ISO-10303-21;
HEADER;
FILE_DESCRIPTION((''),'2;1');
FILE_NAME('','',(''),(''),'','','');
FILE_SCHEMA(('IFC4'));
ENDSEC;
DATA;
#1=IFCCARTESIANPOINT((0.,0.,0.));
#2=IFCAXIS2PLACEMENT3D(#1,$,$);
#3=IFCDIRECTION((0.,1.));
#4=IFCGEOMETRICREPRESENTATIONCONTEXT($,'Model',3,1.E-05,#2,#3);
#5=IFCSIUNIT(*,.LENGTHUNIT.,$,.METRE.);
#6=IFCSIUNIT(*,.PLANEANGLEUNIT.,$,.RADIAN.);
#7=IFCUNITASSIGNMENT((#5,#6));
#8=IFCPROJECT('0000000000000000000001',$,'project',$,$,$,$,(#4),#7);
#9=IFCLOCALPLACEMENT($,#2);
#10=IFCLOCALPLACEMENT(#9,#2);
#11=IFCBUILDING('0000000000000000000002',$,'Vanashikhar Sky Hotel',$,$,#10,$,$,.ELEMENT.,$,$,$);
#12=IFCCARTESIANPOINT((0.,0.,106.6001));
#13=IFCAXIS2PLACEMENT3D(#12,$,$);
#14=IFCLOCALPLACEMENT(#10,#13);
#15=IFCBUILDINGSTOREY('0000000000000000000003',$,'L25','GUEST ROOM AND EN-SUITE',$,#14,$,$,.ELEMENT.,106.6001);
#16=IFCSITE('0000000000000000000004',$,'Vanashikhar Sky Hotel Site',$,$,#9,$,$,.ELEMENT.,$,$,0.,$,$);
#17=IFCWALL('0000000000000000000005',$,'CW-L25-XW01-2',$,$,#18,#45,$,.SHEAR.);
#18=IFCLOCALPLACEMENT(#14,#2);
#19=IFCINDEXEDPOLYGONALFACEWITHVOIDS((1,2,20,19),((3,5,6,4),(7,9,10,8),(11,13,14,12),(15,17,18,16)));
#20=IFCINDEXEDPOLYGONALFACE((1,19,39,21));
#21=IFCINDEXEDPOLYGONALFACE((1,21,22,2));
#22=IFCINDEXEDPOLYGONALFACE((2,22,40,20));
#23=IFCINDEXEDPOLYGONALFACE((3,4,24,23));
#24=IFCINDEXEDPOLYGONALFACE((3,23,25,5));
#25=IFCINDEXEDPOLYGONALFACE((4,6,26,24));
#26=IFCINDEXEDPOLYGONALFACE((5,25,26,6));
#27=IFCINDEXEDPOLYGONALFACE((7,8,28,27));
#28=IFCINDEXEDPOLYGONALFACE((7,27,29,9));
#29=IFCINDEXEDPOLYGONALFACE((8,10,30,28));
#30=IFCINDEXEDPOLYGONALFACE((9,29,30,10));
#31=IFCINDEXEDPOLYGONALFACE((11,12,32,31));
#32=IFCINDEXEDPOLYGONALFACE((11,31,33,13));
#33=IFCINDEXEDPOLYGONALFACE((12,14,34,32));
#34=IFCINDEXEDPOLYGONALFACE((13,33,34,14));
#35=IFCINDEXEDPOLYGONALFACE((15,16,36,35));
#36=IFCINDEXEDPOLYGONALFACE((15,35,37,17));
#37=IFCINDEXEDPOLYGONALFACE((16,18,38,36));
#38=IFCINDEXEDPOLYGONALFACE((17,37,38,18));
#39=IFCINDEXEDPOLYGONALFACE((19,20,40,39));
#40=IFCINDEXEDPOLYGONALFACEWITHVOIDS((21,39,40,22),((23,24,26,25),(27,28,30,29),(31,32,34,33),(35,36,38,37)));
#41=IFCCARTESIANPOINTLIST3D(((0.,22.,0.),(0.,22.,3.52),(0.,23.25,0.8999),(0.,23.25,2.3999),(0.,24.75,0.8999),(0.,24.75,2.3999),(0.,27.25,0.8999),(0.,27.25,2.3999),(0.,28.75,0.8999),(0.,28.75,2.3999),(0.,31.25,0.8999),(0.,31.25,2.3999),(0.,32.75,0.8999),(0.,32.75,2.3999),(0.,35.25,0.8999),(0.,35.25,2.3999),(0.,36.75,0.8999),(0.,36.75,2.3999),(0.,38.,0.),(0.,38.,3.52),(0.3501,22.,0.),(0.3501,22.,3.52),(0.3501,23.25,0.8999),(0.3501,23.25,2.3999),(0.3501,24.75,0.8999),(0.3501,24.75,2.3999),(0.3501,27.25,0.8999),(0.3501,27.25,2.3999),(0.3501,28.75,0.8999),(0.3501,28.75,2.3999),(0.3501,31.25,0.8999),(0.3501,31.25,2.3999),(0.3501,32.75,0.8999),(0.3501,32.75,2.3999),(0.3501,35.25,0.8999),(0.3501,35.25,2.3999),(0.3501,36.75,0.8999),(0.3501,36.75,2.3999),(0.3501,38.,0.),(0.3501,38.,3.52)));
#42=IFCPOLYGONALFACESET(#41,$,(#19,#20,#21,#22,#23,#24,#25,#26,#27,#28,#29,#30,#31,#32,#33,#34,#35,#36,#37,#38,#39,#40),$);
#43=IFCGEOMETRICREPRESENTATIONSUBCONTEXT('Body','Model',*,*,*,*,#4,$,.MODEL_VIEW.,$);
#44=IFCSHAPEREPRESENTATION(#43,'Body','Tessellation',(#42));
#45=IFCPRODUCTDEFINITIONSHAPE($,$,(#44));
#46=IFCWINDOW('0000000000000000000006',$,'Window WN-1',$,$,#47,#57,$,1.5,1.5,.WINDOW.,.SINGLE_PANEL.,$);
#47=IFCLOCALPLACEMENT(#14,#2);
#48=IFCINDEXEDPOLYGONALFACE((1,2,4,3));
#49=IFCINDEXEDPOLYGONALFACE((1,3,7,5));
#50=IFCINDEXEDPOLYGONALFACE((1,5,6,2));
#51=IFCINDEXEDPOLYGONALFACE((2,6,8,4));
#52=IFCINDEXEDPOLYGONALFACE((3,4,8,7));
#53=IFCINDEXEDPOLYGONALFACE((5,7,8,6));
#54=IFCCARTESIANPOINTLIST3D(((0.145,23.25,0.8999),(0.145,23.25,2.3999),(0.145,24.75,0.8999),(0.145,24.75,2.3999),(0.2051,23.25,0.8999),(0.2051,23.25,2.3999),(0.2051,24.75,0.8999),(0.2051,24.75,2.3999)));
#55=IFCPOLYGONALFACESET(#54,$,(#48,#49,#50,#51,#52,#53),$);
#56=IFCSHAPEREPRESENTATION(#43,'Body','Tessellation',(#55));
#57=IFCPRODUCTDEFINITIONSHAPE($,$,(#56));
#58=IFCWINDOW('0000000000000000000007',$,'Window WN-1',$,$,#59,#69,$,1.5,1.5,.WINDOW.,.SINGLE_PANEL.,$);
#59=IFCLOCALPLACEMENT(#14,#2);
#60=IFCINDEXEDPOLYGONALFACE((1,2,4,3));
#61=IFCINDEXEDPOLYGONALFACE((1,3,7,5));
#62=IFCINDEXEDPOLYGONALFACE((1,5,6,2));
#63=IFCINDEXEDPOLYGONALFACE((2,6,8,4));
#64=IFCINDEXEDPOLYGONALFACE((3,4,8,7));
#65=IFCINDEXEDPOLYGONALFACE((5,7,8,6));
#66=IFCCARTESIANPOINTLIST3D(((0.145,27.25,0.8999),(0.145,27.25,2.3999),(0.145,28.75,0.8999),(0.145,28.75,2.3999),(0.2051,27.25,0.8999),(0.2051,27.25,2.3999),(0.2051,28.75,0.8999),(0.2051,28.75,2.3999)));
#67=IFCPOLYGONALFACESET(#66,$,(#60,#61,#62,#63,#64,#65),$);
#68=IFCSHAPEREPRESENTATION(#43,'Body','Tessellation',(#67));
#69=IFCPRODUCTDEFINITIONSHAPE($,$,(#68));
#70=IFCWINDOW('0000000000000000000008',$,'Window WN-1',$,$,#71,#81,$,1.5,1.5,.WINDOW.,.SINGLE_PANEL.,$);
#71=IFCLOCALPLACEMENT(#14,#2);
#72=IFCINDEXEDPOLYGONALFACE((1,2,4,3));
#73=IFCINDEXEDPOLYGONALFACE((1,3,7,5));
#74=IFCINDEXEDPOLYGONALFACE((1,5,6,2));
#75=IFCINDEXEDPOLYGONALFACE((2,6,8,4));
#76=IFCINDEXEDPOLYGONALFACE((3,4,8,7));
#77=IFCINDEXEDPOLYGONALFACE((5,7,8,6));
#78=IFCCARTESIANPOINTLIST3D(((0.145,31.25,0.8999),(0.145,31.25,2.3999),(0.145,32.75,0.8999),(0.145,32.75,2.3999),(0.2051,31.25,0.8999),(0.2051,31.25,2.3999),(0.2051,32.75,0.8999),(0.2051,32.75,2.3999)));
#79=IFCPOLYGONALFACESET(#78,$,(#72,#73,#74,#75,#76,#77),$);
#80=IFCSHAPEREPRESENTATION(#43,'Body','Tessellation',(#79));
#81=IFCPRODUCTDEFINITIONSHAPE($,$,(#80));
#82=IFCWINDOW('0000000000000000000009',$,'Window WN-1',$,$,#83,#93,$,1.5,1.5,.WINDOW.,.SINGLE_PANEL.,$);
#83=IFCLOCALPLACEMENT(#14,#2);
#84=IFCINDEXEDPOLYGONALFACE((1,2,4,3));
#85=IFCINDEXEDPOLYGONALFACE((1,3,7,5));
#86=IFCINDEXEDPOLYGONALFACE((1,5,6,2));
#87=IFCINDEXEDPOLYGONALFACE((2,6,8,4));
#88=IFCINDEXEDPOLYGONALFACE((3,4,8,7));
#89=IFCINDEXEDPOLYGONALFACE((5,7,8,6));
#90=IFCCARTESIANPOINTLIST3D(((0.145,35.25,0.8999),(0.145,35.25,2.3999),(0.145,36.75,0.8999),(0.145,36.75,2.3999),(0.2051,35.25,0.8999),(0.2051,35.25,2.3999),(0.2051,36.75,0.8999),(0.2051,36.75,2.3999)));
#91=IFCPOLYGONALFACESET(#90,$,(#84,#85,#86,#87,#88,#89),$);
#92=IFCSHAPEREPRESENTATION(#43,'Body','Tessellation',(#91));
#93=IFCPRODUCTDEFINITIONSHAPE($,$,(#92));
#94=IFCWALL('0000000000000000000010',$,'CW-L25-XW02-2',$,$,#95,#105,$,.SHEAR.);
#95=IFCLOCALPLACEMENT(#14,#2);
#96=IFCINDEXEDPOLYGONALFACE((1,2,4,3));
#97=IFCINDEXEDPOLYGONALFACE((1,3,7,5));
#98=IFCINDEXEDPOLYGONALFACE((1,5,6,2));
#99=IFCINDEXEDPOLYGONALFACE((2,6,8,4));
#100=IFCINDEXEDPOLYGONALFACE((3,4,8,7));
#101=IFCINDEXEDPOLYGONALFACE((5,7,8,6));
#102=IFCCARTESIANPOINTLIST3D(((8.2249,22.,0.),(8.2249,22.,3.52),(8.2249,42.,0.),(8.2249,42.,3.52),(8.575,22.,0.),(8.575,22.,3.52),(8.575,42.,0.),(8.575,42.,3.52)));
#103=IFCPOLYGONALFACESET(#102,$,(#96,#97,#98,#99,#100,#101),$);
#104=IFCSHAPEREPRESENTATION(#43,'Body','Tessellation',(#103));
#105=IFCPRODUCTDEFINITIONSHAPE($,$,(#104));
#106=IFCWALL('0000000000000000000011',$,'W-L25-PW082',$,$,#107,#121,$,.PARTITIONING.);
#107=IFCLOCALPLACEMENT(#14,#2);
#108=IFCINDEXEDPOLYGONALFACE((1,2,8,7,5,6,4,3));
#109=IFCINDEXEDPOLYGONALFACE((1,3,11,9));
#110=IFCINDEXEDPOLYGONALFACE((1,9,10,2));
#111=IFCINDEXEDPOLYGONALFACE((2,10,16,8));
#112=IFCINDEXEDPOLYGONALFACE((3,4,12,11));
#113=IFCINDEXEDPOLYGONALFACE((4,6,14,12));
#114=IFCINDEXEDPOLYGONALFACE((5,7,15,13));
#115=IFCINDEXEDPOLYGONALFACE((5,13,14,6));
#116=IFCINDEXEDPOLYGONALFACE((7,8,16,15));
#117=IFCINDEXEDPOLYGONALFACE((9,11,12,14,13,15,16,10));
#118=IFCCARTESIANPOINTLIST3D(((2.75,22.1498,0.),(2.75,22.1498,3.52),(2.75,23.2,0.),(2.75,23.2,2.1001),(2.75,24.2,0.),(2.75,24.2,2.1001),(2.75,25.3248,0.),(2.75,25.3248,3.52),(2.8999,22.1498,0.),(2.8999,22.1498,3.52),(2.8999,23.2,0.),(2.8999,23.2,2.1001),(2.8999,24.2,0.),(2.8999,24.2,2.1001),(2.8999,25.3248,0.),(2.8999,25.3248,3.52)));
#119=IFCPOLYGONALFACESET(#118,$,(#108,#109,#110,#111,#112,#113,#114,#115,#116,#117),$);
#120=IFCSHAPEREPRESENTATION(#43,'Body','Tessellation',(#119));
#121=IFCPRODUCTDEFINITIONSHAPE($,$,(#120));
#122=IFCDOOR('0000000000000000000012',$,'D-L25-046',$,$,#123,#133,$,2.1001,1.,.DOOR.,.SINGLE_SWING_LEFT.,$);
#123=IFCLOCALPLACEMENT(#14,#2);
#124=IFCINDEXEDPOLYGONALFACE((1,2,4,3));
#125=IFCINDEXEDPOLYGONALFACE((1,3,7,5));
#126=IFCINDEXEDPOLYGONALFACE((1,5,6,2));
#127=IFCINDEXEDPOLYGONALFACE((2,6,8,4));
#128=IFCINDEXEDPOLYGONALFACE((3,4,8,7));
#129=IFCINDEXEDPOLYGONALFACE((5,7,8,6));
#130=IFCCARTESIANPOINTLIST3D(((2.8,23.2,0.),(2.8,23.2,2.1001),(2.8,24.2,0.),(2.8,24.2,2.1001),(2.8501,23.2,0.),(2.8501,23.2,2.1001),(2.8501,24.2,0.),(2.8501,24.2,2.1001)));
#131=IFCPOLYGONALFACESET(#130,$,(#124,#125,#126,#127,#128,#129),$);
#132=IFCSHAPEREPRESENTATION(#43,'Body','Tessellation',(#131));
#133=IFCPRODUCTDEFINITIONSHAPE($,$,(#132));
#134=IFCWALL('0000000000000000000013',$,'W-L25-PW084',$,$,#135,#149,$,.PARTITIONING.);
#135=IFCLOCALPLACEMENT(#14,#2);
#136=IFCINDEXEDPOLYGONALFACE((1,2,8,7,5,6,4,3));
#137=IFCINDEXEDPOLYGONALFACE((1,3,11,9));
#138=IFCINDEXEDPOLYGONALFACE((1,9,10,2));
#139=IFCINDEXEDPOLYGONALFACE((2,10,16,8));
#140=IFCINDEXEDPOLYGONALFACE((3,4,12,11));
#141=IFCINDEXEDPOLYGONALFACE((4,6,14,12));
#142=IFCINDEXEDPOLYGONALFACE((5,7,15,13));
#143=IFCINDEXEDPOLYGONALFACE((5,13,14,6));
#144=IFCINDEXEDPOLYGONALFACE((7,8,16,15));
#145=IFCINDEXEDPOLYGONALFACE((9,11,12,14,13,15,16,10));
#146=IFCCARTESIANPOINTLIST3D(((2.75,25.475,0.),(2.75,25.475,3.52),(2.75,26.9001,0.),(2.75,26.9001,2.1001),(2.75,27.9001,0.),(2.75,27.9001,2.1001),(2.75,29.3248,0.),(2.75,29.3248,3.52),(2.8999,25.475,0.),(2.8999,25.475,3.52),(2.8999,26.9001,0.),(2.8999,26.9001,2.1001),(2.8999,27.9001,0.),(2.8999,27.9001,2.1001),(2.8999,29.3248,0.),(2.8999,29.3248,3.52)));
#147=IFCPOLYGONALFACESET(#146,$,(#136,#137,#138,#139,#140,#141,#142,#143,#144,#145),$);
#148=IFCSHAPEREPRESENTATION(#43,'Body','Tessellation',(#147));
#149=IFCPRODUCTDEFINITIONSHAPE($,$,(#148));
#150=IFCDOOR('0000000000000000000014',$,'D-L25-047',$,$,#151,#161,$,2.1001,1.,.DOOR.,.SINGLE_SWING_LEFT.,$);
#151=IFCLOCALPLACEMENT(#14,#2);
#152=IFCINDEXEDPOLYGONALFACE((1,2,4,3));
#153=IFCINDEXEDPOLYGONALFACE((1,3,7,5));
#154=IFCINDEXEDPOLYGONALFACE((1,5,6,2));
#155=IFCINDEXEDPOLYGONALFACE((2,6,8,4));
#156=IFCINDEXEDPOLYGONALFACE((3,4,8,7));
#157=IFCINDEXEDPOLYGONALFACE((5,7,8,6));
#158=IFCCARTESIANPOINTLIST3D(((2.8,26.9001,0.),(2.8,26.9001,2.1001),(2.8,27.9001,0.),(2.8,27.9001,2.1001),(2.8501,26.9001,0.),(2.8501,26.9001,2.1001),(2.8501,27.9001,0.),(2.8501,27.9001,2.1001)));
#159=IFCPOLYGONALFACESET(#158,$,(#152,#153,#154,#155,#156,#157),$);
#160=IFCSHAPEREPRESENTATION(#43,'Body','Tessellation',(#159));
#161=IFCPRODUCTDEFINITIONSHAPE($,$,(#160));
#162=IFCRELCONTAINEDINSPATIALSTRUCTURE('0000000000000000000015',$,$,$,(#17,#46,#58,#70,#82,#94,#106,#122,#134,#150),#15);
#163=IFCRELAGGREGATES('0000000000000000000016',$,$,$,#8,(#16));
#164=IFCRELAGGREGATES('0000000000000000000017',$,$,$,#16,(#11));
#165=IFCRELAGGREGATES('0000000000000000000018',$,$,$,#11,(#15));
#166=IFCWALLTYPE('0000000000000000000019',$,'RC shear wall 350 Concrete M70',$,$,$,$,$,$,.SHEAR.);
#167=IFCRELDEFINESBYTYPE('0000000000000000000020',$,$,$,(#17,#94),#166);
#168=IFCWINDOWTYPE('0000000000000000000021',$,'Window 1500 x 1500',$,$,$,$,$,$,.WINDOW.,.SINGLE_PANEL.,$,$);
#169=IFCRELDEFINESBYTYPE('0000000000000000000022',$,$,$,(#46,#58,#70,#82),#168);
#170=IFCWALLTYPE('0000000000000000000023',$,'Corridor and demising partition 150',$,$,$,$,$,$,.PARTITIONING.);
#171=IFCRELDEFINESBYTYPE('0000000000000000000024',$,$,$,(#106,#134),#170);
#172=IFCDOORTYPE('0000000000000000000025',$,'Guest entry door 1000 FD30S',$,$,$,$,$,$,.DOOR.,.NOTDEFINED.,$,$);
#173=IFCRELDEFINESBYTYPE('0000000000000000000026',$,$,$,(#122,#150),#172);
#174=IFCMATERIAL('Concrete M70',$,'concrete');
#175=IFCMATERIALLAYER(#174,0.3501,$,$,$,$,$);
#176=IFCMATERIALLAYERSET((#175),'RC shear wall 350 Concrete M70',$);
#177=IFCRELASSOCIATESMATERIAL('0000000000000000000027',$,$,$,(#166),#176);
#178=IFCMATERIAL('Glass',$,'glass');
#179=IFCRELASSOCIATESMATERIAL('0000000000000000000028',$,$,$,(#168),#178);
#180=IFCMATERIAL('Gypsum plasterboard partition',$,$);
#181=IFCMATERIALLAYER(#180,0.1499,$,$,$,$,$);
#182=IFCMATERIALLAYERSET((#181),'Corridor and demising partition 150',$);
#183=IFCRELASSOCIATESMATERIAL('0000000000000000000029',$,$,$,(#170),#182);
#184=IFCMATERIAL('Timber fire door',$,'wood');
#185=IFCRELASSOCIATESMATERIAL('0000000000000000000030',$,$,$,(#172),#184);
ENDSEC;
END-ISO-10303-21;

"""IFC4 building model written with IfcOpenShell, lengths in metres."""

from ifc_helpers import new_model, si_unit, direction, frame, frame_2d, origin, place, context, subcontext, project, spatial, rectangle, extrude, source, transform, mapped, material, layer, layer_set, type_object, element, fill, save


model = new_model("IFC4")

# Units and contexts
model_context = context("Model", 3, precision=1e-05, world=origin(), true_north=direction((0.0, 1.0)))
body_context = subcontext(model_context, "Body", "Model", "MODEL_VIEW")
ifc_project = project(units=[si_unit("LENGTHUNIT", "METRE"), si_unit("PLANEANGLEUNIT", "RADIAN")], contexts=[model_context])

# Site, building, storey
site_placement = place(None, origin())
site = spatial("IfcSite", under=ifc_project, at=site_placement, Name="Vanashikhar Sky Hotel Site", CompositionType="ELEMENT", RefElevation=0.0)
building_placement = place(site_placement, origin())
building = spatial("IfcBuilding", under=site, at=building_placement, Name="Vanashikhar Sky Hotel", CompositionType="ELEMENT")
storey_placement = place(building_placement, frame((0.0, 0.0, 106.6001)))
storey = spatial("IfcBuildingStorey", under=building, at=storey_placement, Name="L25", Description="GUEST ROOM AND EN-SUITE", CompositionType="ELEMENT", Elevation=106.6001)

# Wall, openings, windows
ifc_material_1 = material(Name="Concrete M70", Category="concrete")
ifc_layer_1 = layer(ifc_material_1, 0.3501)
ifc_layer_set_1 = layer_set([ifc_layer_1], Name="RC shear wall 350 Concrete M70")
wall_type_1 = type_object("IfcWallType", Name="RC shear wall 350 Concrete M70", PredefinedType="SHEAR", material=ifc_layer_set_1)
shared_shape_1 = source(origin(), body_context, "Body", "SweptSolid", [
    extrude(rectangle(XDim=16.0, YDim=0.3501, at=frame_2d((8.0, 0.0))), origin(), (0.0, 0.0, 1.0), 3.52),
])
wall_1_placement = place(storey_placement, frame((0.175, 22.0, 0.0), z_axis=(0.0, 0.0, 1.0), x_axis=(0.0, 1.0, 0.0)))
wall_1 = element("IfcWall", 1, at=wall_1_placement, inside=storey, type_object=wall_type_1, Name="CW-L25-XW01-2", PredefinedType="SHEAR", context=body_context, shape_type="MappedRepresentation", body=[
    mapped(shared_shape_1, transform((0.0, 0.0, 0.0), scale=1.0)),
])
shared_shape_2 = source(origin(), body_context, "Body", "SweptSolid", [
    extrude(rectangle(XDim=1.5, YDim=1.5, at=frame_2d((0.75, 0.75))), frame((0.0, 0.1851, 0.0), z_axis=(0.0, -1.0, 0.0), x_axis=(1.0, 0.0, 0.0)), (0.0, 0.0, 1.0), 0.3701),
])
opening_1_placement = place(wall_1_placement, frame((1.25, 0.0, 0.8999)))
opening_1 = element("IfcOpeningElement", 2, at=opening_1_placement, cuts=wall_1, PredefinedType="OPENING", context=body_context, shape_type="MappedRepresentation", body=[
    mapped(shared_shape_2, transform((0.0, 0.0, 0.0), scale=1.0)),
])
opening_2_placement = place(wall_1_placement, frame((5.25, 0.0, 0.8999)))
opening_2 = element("IfcOpeningElement", 3, at=opening_2_placement, cuts=wall_1, PredefinedType="OPENING", context=body_context, shape_type="MappedRepresentation", body=[
    mapped(shared_shape_2, transform((0.0, 0.0, 0.0), scale=1.0)),
])
opening_3_placement = place(wall_1_placement, frame((9.25, 0.0, 0.8999)))
opening_3 = element("IfcOpeningElement", 4, at=opening_3_placement, cuts=wall_1, PredefinedType="OPENING", context=body_context, shape_type="MappedRepresentation", body=[
    mapped(shared_shape_2, transform((0.0, 0.0, 0.0), scale=1.0)),
])
opening_4_placement = place(wall_1_placement, frame((13.25, 0.0, 0.8999)))
opening_4 = element("IfcOpeningElement", 5, at=opening_4_placement, cuts=wall_1, PredefinedType="OPENING", context=body_context, shape_type="MappedRepresentation", body=[
    mapped(shared_shape_2, transform((0.0, 0.0, 0.0), scale=1.0)),
])
ifc_material_2 = material(Name="Glass", Category="glass")
window_type = type_object("IfcWindowType", Name="Window 1500 x 1500", PartitioningType="SINGLE_PANEL", PredefinedType="WINDOW", material=ifc_material_2)
shared_shape_3 = source(origin(), body_context, "Body", "SweptSolid", [
    extrude(rectangle(XDim=1.5, YDim=1.5, at=frame_2d((0.75, 0.75))), frame((0.0, 0.03, 0.0), z_axis=(0.0, -1.0, 0.0), x_axis=(1.0, 0.0, 0.0)), (0.0, 0.0, 1.0), 0.0601),
])
window_1_placement = place(opening_1_placement, origin())
window_1 = element("IfcWindow", 6, at=window_1_placement, inside=storey, type_object=window_type, Name="Window WN-1", OverallHeight=1.5, OverallWidth=1.5, PartitioningType="SINGLE_PANEL", PredefinedType="WINDOW", context=body_context, shape_type="MappedRepresentation", body=[
    mapped(shared_shape_3, transform((0.0, 0.0, 0.0), scale=1.0)),
])
fill(opening_1, window_1)
window_2_placement = place(opening_2_placement, origin())
window_2 = element("IfcWindow", 7, at=window_2_placement, inside=storey, type_object=window_type, Name="Window WN-1", OverallHeight=1.5, OverallWidth=1.5, PartitioningType="SINGLE_PANEL", PredefinedType="WINDOW", context=body_context, shape_type="MappedRepresentation", body=[
    mapped(shared_shape_3, transform((0.0, 0.0, 0.0), scale=1.0)),
])
fill(opening_2, window_2)
window_3_placement = place(opening_3_placement, origin())
window_3 = element("IfcWindow", 8, at=window_3_placement, inside=storey, type_object=window_type, Name="Window WN-1", OverallHeight=1.5, OverallWidth=1.5, PartitioningType="SINGLE_PANEL", PredefinedType="WINDOW", context=body_context, shape_type="MappedRepresentation", body=[
    mapped(shared_shape_3, transform((0.0, 0.0, 0.0), scale=1.0)),
])
fill(opening_3, window_3)
window_4_placement = place(opening_4_placement, origin())
window_4 = element("IfcWindow", 9, at=window_4_placement, inside=storey, type_object=window_type, Name="Window WN-1", OverallHeight=1.5, OverallWidth=1.5, PartitioningType="SINGLE_PANEL", PredefinedType="WINDOW", context=body_context, shape_type="MappedRepresentation", body=[
    mapped(shared_shape_3, transform((0.0, 0.0, 0.0), scale=1.0)),
])
fill(opening_4, window_4)

# Wall
shared_shape_4 = source(origin(), body_context, "Body", "SweptSolid", [
    extrude(rectangle(XDim=20.0, YDim=0.3501, at=frame_2d((10.0, 0.0))), origin(), (0.0, 0.0, 1.0), 3.52),
])
wall_2_placement = place(storey_placement, frame((8.3999, 22.0, 0.0), z_axis=(0.0, 0.0, 1.0), x_axis=(0.0, 1.0, 0.0)))
element("IfcWall", 10, at=wall_2_placement, inside=storey, type_object=wall_type_1, Name="CW-L25-XW02-2", PredefinedType="SHEAR", context=body_context, shape_type="MappedRepresentation", body=[
    mapped(shared_shape_4, transform((0.0, 0.0, 0.0), scale=1.0)),
])

# Walls, openings, doors
ifc_material_3 = material(Name="Gypsum plasterboard partition")
ifc_layer_2 = layer(ifc_material_3, 0.1499)
ifc_layer_set_2 = layer_set([ifc_layer_2], Name="Corridor and demising partition 150")
wall_type_2 = type_object("IfcWallType", Name="Corridor and demising partition 150", PredefinedType="PARTITIONING", material=ifc_layer_set_2)
shared_shape_5 = source(origin(), body_context, "Body", "SweptSolid", [
    extrude(rectangle(XDim=3.175, YDim=0.1499, at=frame_2d((1.5874, 0.0))), origin(), (0.0, 0.0, 1.0), 3.52),
])
wall_3_placement = place(storey_placement, frame((2.825, 22.1499, 0.0), z_axis=(0.0, 0.0, 1.0), x_axis=(0.0, 1.0, 0.0)))
wall_3 = element("IfcWall", 11, at=wall_3_placement, inside=storey, type_object=wall_type_2, Name="W-L25-PW082", PredefinedType="PARTITIONING", context=body_context, shape_type="MappedRepresentation", body=[
    mapped(shared_shape_5, transform((0.0, 0.0, 0.0), scale=1.0)),
])
shared_shape_6 = source(origin(), body_context, "Body", "SweptSolid", [
    extrude(rectangle(XDim=1.0, YDim=2.1001, at=frame_2d((0.5, 1.05))), frame((0.0, 0.085, 0.0), z_axis=(0.0, -1.0, 0.0), x_axis=(1.0, 0.0, 0.0)), (0.0, 0.0, 1.0), 0.1699),
])
opening_5_placement = place(wall_3_placement, frame((1.05, 0.0, 0.0)))
opening_5 = element("IfcOpeningElement", 12, at=opening_5_placement, cuts=wall_3, PredefinedType="OPENING", context=body_context, shape_type="MappedRepresentation", body=[
    mapped(shared_shape_6, transform((0.0, 0.0, 0.0), scale=1.0)),
])
ifc_material_4 = material(Name="Timber fire door", Category="wood")
door_type_1 = type_object("IfcDoorType", Name="Guest entry door 1000 FD30S", OperationType="NOTDEFINED", PredefinedType="DOOR", material=ifc_material_4)
shared_shape_7 = source(origin(), body_context, "Body", "SweptSolid", [
    extrude(rectangle(XDim=1.0, YDim=2.1001, at=frame_2d((0.5, 1.05))), frame((0.0, 0.0249, 0.0), z_axis=(0.0, -1.0, 0.0), x_axis=(1.0, 0.0, 0.0)), (0.0, 0.0, 1.0), 0.05),
])
door_1_placement = place(opening_5_placement, origin())
door_1 = element("IfcDoor", 13, at=door_1_placement, inside=storey, type_object=door_type_1, Name="D-L25-046", OperationType="SINGLE_SWING_LEFT", OverallHeight=2.1001, OverallWidth=1.0, PredefinedType="DOOR", context=body_context, shape_type="MappedRepresentation", body=[
    mapped(shared_shape_7, transform((0.0, 0.0, 0.0), scale=1.0)),
])
fill(opening_5, door_1)
shared_shape_8 = source(origin(), body_context, "Body", "SweptSolid", [
    extrude(rectangle(XDim=3.8499, YDim=0.1499, at=frame_2d((1.9248, 0.0))), origin(), (0.0, 0.0, 1.0), 3.52),
])
wall_4_placement = place(storey_placement, frame((2.825, 25.4751, 0.0), z_axis=(0.0, 0.0, 1.0), x_axis=(0.0, 1.0, 0.0)))
wall_4 = element("IfcWall", 14, at=wall_4_placement, inside=storey, type_object=wall_type_2, Name="W-L25-PW084", PredefinedType="PARTITIONING", context=body_context, shape_type="MappedRepresentation", body=[
    mapped(shared_shape_8, transform((0.0, 0.0, 0.0), scale=1.0)),
])
opening_6_placement = place(wall_4_placement, frame((1.425, 0.0, 0.0)))
opening_6 = element("IfcOpeningElement", 15, at=opening_6_placement, cuts=wall_4, PredefinedType="OPENING", context=body_context, shape_type="MappedRepresentation", body=[
    mapped(shared_shape_6, transform((0.0, 0.0, 0.0), scale=1.0)),
])
door_2_placement = place(opening_6_placement, origin())
door_2 = element("IfcDoor", 16, at=door_2_placement, inside=storey, type_object=door_type_1, Name="D-L25-047", OperationType="SINGLE_SWING_LEFT", OverallHeight=2.1001, OverallWidth=1.0, PredefinedType="DOOR", context=body_context, shape_type="MappedRepresentation", body=[
    mapped(shared_shape_7, transform((0.0, 0.0, 0.0), scale=1.0)),
])
fill(opening_6, door_2)

save(model, "model.ifc")
